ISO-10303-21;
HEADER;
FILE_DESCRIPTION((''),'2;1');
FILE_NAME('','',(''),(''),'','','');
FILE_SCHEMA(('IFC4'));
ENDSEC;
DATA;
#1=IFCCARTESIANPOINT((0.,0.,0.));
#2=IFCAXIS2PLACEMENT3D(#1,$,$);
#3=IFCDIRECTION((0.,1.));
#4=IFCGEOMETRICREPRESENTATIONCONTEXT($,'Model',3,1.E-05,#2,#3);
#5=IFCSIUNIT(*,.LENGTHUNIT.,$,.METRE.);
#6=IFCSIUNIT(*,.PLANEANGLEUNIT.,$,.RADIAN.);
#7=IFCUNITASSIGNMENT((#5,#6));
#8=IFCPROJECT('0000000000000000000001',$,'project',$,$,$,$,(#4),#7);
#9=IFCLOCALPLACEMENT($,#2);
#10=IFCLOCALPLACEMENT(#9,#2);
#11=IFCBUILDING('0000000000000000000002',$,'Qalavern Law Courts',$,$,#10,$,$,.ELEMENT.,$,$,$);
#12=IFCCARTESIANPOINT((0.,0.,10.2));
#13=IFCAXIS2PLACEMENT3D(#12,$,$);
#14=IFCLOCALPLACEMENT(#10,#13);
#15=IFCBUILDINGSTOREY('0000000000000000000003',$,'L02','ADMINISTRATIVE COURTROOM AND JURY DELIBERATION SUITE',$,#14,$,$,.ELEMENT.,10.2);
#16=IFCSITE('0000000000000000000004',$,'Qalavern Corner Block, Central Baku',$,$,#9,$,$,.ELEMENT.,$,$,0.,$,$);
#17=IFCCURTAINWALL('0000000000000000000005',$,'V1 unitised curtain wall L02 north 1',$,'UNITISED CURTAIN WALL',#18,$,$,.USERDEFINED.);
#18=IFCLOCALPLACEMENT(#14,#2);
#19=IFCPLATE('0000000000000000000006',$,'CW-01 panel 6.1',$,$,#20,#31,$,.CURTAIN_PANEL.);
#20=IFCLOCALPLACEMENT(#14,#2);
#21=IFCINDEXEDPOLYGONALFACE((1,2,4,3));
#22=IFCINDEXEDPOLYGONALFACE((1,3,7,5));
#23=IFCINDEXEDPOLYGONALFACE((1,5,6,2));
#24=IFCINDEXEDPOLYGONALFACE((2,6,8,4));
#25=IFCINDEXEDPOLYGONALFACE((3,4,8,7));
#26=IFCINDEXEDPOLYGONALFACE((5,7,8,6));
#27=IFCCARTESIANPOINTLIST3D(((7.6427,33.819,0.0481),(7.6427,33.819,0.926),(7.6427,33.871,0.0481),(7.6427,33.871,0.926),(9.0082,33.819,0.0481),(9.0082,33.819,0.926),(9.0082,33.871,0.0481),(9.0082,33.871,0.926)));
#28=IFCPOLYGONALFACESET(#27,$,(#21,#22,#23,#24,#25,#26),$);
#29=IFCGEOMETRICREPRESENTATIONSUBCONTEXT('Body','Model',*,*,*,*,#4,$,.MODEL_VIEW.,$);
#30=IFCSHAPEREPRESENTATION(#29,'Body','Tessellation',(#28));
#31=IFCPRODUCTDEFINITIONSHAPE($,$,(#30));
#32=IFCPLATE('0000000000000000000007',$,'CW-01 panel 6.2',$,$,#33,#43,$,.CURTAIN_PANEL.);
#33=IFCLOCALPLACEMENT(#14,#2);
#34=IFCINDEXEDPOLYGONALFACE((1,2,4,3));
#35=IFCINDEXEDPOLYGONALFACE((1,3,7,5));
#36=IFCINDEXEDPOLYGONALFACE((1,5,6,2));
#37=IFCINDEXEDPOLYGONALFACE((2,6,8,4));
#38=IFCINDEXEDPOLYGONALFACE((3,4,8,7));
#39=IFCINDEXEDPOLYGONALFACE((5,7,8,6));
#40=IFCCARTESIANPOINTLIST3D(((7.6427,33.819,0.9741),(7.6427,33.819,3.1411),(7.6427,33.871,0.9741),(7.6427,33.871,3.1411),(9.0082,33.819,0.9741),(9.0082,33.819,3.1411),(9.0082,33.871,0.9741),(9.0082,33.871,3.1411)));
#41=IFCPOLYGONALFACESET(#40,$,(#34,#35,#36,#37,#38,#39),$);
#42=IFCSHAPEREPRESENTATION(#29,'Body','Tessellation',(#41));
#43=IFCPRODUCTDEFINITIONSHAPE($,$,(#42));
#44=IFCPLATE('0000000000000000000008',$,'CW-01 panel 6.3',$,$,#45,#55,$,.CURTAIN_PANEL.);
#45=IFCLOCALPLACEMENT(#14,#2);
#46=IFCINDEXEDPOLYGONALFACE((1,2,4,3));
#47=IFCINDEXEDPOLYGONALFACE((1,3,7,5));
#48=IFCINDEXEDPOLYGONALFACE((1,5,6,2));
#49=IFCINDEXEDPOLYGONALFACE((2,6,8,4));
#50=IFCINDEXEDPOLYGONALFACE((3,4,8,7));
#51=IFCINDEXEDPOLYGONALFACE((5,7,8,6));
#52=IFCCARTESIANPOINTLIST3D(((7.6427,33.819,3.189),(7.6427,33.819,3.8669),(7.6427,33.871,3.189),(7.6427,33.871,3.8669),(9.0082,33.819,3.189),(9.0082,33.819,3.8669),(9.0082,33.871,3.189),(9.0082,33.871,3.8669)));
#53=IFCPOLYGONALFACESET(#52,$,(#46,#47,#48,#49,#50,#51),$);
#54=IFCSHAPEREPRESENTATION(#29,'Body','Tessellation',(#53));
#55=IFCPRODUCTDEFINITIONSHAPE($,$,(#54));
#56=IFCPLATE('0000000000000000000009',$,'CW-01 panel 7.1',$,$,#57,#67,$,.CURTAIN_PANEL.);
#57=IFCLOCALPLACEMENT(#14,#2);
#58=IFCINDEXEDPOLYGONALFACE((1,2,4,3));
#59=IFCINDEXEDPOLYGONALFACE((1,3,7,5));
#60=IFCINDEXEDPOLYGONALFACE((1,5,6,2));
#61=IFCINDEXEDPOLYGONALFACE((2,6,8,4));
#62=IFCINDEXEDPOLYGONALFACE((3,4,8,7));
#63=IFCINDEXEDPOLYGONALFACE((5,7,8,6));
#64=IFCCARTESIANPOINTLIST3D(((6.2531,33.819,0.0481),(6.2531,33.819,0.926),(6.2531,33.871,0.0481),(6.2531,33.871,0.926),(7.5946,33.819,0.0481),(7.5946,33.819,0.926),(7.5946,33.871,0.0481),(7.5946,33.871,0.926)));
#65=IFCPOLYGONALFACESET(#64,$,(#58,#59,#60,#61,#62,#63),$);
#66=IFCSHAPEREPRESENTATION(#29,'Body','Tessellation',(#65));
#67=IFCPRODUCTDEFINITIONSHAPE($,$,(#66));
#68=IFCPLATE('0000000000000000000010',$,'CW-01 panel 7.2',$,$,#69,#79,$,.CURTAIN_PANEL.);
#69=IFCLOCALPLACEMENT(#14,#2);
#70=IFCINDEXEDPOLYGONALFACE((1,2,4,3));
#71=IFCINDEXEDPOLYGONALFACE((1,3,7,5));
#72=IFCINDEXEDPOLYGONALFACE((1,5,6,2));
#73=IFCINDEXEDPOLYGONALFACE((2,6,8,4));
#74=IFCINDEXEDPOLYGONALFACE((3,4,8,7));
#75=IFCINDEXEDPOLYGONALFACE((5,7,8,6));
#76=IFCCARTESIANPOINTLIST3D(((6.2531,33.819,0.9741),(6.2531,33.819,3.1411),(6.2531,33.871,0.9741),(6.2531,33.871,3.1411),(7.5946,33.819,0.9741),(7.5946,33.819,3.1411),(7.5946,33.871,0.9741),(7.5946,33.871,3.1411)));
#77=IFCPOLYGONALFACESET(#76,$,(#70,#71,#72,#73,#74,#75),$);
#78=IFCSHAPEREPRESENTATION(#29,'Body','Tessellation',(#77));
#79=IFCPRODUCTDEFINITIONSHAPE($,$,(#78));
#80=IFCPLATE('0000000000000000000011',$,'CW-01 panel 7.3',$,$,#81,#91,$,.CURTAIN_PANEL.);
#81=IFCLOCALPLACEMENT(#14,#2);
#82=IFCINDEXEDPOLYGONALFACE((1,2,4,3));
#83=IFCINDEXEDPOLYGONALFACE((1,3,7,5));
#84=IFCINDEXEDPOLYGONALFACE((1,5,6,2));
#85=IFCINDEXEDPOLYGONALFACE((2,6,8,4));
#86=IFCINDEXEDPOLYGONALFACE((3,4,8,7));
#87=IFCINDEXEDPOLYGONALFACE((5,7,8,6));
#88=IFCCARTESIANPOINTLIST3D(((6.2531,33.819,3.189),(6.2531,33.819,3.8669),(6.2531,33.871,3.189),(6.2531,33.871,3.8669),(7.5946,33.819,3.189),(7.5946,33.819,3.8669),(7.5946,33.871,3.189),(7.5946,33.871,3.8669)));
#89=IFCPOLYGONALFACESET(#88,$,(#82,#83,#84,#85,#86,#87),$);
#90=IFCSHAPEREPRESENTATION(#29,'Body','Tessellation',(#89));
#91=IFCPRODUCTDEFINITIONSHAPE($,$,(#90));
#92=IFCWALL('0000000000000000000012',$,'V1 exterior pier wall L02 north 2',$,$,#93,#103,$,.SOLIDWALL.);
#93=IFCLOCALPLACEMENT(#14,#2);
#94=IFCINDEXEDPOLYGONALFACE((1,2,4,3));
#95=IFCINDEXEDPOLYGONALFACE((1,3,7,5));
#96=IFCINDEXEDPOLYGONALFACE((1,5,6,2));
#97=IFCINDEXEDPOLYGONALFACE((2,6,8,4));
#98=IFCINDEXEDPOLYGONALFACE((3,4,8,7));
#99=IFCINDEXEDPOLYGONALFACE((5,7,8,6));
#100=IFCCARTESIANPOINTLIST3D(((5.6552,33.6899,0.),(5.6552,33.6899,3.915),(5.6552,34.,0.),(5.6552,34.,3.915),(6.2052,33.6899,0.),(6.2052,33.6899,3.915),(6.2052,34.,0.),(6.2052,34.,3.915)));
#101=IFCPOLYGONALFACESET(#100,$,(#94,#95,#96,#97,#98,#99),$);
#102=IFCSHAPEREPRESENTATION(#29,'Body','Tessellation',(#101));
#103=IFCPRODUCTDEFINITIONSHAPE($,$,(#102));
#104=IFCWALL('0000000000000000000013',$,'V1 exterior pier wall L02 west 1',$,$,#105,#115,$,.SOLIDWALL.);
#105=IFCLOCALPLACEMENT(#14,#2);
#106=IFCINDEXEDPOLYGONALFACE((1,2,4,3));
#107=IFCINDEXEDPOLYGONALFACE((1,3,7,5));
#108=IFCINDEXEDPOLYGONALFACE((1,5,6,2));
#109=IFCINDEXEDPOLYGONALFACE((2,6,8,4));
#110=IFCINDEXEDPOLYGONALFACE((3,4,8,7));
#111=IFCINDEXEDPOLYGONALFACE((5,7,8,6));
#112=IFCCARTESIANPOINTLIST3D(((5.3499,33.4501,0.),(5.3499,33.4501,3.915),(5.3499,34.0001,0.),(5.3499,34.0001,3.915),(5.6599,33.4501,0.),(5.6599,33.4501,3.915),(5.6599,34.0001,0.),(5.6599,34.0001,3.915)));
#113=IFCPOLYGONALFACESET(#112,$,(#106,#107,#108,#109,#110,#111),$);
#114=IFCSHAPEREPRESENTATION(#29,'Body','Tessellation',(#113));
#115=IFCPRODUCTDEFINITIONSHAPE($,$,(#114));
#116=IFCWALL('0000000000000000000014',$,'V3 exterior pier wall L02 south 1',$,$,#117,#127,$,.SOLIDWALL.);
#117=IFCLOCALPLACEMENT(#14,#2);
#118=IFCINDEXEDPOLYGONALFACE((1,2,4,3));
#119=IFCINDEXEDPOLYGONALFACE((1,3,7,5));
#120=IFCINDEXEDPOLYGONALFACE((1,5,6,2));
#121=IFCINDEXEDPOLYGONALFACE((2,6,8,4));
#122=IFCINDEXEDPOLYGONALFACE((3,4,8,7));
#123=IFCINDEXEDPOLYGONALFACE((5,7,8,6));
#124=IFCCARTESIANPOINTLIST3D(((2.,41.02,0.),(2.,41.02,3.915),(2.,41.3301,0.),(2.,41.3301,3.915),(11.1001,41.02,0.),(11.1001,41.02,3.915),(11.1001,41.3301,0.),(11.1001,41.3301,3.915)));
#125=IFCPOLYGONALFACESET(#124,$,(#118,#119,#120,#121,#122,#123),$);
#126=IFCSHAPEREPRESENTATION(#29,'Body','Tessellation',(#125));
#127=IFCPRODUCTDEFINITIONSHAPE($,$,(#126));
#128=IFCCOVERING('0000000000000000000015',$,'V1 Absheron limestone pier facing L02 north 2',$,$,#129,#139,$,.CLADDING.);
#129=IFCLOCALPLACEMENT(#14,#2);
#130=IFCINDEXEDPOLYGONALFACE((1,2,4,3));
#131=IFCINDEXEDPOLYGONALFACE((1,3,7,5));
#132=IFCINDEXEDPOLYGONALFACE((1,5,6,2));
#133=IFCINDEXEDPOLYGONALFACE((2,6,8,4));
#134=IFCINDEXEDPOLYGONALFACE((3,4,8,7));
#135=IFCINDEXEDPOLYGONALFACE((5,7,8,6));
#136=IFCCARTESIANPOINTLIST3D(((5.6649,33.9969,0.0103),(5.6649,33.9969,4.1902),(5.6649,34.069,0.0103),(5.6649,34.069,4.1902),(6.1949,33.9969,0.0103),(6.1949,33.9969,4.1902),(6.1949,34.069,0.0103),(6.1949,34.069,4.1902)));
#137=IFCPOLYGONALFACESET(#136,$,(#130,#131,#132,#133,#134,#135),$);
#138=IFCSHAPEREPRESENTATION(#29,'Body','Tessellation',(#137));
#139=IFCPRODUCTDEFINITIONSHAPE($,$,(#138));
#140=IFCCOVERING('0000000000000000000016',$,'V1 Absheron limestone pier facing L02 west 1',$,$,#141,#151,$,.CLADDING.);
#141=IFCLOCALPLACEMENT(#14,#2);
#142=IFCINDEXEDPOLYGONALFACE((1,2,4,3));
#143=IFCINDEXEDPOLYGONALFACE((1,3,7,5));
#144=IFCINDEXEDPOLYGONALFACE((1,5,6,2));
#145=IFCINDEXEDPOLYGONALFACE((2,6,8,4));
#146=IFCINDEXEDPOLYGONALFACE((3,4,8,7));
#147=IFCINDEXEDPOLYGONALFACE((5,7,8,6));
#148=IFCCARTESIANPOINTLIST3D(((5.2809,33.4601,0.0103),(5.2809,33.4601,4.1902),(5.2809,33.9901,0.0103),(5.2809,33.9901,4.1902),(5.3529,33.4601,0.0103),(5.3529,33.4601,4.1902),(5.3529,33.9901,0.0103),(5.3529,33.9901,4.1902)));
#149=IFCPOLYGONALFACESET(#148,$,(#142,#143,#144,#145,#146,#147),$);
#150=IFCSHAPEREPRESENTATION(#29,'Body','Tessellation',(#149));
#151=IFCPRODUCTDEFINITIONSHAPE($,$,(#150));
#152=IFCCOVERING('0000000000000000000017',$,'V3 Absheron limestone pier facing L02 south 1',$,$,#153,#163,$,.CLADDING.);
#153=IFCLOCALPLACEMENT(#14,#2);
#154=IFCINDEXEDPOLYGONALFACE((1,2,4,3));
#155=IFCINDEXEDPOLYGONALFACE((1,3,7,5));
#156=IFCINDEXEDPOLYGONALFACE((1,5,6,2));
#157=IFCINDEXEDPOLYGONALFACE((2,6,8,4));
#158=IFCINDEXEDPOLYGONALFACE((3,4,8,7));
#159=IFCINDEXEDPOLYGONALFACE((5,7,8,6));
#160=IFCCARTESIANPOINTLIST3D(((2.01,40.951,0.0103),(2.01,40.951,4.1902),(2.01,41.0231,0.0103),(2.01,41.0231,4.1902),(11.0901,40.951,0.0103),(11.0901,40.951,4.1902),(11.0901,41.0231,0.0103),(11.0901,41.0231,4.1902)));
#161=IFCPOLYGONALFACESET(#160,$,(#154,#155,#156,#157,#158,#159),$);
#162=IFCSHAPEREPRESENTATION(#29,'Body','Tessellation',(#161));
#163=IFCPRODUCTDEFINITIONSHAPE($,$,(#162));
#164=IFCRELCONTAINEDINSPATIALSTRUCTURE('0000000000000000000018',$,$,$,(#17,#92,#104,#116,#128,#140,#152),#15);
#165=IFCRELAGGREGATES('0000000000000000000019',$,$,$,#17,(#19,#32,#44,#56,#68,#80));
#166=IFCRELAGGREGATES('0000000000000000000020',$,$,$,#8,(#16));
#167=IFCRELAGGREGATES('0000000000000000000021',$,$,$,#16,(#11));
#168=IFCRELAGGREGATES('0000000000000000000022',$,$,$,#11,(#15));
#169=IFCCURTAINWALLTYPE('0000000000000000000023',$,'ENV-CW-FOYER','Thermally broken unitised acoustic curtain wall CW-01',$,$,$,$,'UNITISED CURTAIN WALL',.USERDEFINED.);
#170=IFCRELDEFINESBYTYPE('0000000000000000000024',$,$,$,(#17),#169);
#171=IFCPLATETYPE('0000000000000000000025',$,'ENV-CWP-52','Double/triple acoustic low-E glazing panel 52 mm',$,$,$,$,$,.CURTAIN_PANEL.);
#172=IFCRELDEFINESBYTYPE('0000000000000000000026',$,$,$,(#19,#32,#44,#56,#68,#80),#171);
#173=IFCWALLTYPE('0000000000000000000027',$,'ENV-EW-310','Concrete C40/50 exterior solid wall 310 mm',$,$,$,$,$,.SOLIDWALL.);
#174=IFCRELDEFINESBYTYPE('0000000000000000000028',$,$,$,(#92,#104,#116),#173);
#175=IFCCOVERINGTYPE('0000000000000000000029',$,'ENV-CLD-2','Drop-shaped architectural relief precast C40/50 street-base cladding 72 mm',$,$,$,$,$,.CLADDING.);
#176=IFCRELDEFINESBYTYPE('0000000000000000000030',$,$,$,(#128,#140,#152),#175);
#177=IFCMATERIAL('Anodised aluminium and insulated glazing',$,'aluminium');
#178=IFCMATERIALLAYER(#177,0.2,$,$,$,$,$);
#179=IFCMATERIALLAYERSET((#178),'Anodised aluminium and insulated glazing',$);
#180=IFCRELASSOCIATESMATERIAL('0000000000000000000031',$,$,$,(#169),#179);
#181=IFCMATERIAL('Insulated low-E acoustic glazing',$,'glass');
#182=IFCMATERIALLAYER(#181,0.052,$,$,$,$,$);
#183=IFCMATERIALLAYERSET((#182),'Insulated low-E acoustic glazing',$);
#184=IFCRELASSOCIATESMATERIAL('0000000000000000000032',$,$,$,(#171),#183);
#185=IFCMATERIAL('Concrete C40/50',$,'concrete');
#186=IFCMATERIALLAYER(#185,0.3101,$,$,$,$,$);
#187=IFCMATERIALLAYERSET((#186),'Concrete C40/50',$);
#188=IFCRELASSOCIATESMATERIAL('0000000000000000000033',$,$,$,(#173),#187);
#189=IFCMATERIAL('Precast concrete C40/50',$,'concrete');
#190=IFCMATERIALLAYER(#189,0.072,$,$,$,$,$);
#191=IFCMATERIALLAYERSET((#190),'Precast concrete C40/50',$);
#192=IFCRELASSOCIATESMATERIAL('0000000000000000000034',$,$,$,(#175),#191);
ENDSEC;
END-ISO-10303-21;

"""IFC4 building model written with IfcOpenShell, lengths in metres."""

from ifc_helpers import new_model, si_unit, direction, frame, frame_2d, origin, origin_2d, place, context, subcontext, project, spatial, rectangle, extrude, material, layer, layer_set, type_object, element, aggregate, save


model = new_model("IFC4")

# Units and contexts
model_context = context("Model", 3, precision=1e-05, world=origin(), true_north=direction((0.0, 1.0)))
body_context = subcontext(model_context, "Body", "Model", "MODEL_VIEW")
ifc_project = project(units=[si_unit("LENGTHUNIT", "METRE"), si_unit("PLANEANGLEUNIT", "RADIAN")], contexts=[model_context])

# Site, building, storey
site_placement = place(None, origin())
site = spatial("IfcSite", under=ifc_project, at=site_placement, Name="Qalavern Corner Block, Central Baku", CompositionType="ELEMENT", RefElevation=0.0)
building_placement = place(site_placement, origin())
building = spatial("IfcBuilding", under=site, at=building_placement, Name="Qalavern Law Courts", CompositionType="ELEMENT")
storey_placement = place(building_placement, frame((0.0, 0.0, 10.2)))
storey = spatial("IfcBuildingStorey", under=building, at=storey_placement, Name="L02", Description="ADMINISTRATIVE COURTROOM AND JURY DELIBERATION SUITE", CompositionType="ELEMENT", Elevation=10.2)

# Curtain wall
ifc_material_1 = material(Name="Anodised aluminium and insulated glazing", Category="aluminium")
ifc_layer_1 = layer(ifc_material_1, 0.2)
ifc_layer_set_1 = layer_set([ifc_layer_1], Name="Anodised aluminium and insulated glazing")
curtain_wall_type = type_object("IfcCurtainWallType", Name="ENV-CW-FOYER", Description="Thermally broken unitised acoustic curtain wall CW-01", ElementType="UNITISED CURTAIN WALL", PredefinedType="USERDEFINED", material=ifc_layer_set_1)
curtain_wall_1_placement = place(storey_placement, origin())
curtain_wall_1 = element("IfcCurtainWall", 1, at=curtain_wall_1_placement, inside=storey, type_object=curtain_wall_type, Name="V1 unitised curtain wall L02 north 1", ObjectType="UNITISED CURTAIN WALL", PredefinedType="USERDEFINED")

# Plates
ifc_material_2 = material(Name="Insulated low-E acoustic glazing", Category="glass")
ifc_layer_2 = layer(ifc_material_2, 0.052)
ifc_layer_set_2 = layer_set([ifc_layer_2], Name="Insulated low-E acoustic glazing")
plate_type = type_object("IfcPlateType", Name="ENV-CWP-52", Description="Double/triple acoustic low-E glazing panel 52 mm", PredefinedType="CURTAIN_PANEL", material=ifc_layer_set_2)
plate_1_placement = place(storey_placement, frame((8.3254, 33.845, 0.0481), z_axis=(0.0, 0.0, 1.0), x_axis=(-1.0, 0.0, 0.0)))
plate_1 = element("IfcPlate", 2, at=plate_1_placement, type_object=plate_type, Name="CW-01 panel 6.1", PredefinedType="CURTAIN_PANEL", context=body_context, shape_type="SweptSolid", body=[
    extrude(rectangle(XDim=1.3655, YDim=0.052, at=origin_2d()), origin(), (0.0, 0.0, 1.0), 0.8779),
])
plate_2_placement = place(storey_placement, frame((8.3254, 33.845, 0.9741), z_axis=(0.0, 0.0, 1.0), x_axis=(-1.0, 0.0, 0.0)))
plate_2 = element("IfcPlate", 3, at=plate_2_placement, type_object=plate_type, Name="CW-01 panel 6.2", PredefinedType="CURTAIN_PANEL", context=body_context, shape_type="SweptSolid", body=[
    extrude(rectangle(XDim=1.3655, YDim=0.052, at=origin_2d()), origin(), (0.0, 0.0, 1.0), 2.167),
])
plate_3_placement = place(storey_placement, frame((8.3254, 33.845, 3.189), z_axis=(0.0, 0.0, 1.0), x_axis=(-1.0, 0.0, 0.0)))
plate_3 = element("IfcPlate", 4, at=plate_3_placement, type_object=plate_type, Name="CW-01 panel 6.3", PredefinedType="CURTAIN_PANEL", context=body_context, shape_type="SweptSolid", body=[
    extrude(rectangle(XDim=1.3655, YDim=0.052, at=origin_2d()), origin(), (0.0, 0.0, 1.0), 0.678),
])
plate_4_placement = place(storey_placement, frame((6.9238, 33.845, 0.0481), z_axis=(0.0, 0.0, 1.0), x_axis=(-1.0, 0.0, 0.0)))
plate_4 = element("IfcPlate", 5, at=plate_4_placement, type_object=plate_type, Name="CW-01 panel 7.1", PredefinedType="CURTAIN_PANEL", context=body_context, shape_type="SweptSolid", body=[
    extrude(rectangle(XDim=1.3416, YDim=0.052, at=origin_2d()), origin(), (0.0, 0.0, 1.0), 0.8779),
])
plate_5_placement = place(storey_placement, frame((6.9238, 33.845, 0.9741), z_axis=(0.0, 0.0, 1.0), x_axis=(-1.0, 0.0, 0.0)))
plate_5 = element("IfcPlate", 6, at=plate_5_placement, type_object=plate_type, Name="CW-01 panel 7.2", PredefinedType="CURTAIN_PANEL", context=body_context, shape_type="SweptSolid", body=[
    extrude(rectangle(XDim=1.3416, YDim=0.052, at=origin_2d()), origin(), (0.0, 0.0, 1.0), 2.167),
])
plate_6_placement = place(storey_placement, frame((6.9238, 33.845, 3.189), z_axis=(0.0, 0.0, 1.0), x_axis=(-1.0, 0.0, 0.0)))
plate_6 = element("IfcPlate", 7, at=plate_6_placement, type_object=plate_type, Name="CW-01 panel 7.3", PredefinedType="CURTAIN_PANEL", context=body_context, shape_type="SweptSolid", body=[
    extrude(rectangle(XDim=1.3416, YDim=0.052, at=origin_2d()), origin(), (0.0, 0.0, 1.0), 0.678),
])
aggregate(curtain_wall_1, [plate_1, plate_2, plate_3, plate_4, plate_5, plate_6])

# Walls
ifc_material_3 = material(Name="Concrete C40/50", Category="concrete")
ifc_layer_3 = layer(ifc_material_3, 0.3101)
ifc_layer_set_3 = layer_set([ifc_layer_3], Name="Concrete C40/50")
wall_type = type_object("IfcWallType", Name="ENV-EW-310", Description="Concrete C40/50 exterior solid wall 310 mm", PredefinedType="SOLIDWALL", material=ifc_layer_set_3)
for number, where, z_axis, x_axis, name in (
    (8, (6.2051, 33.845, 0.0), (0.0, 0.0, 1.0), (-1.0, 0.0, 0.0), "V1 exterior pier wall L02 north 2"),
    (9, (5.5049, 34.0, 0.0), (0.0, 0.0, 1.0), (0.0, -1.0, 0.0), "V1 exterior pier wall L02 west 1"),
):
    element("IfcWall", number, at=place(storey_placement, frame(where, z_axis=z_axis, x_axis=x_axis)), inside=storey, type_object=wall_type, Name=name, PredefinedType="SOLIDWALL", context=body_context, shape_type="SweptSolid", body=[
        extrude(rectangle(XDim=0.55, YDim=0.3101, at=frame_2d((0.2749, 0.0))), origin(), (0.0, 0.0, 1.0), 3.915),
    ])
wall_placement = place(storey_placement, frame((2.0, 41.175, 0.0), z_axis=(0.0, 0.0, 1.0), x_axis=(1.0, 0.0, 0.0)))
element("IfcWall", 10, at=wall_placement, inside=storey, type_object=wall_type, Name="V3 exterior pier wall L02 south 1", PredefinedType="SOLIDWALL", context=body_context, shape_type="SweptSolid", body=[
    extrude(rectangle(XDim=9.1001, YDim=0.3101, at=frame_2d((4.55, 0.0))), origin(), (0.0, 0.0, 1.0), 3.915),
])

# Coverings
ifc_material_4 = material(Name="Precast concrete C40/50", Category="concrete")
ifc_layer_4 = layer(ifc_material_4, 0.072)
ifc_layer_set_4 = layer_set([ifc_layer_4], Name="Precast concrete C40/50")
covering_type = type_object("IfcCoveringType", Name="ENV-CLD-2", Description="Drop-shaped architectural relief precast C40/50 street-base cladding 72 mm", PredefinedType="CLADDING", material=ifc_layer_set_4)
for number, where, z_axis, x_axis, name in (
    (11, (5.9299, 34.033, 0.0103), (0.0, 0.0, 1.0), (-1.0, 0.0, 0.0), "V1 Absheron limestone pier facing L02 north 2"),
    (12, (5.3169, 33.7251, 0.0103), (0.0, 0.0, 1.0), (0.0, -1.0, 0.0), "V1 Absheron limestone pier facing L02 west 1"),
):
    element("IfcCovering", number, at=place(storey_placement, frame(where, z_axis=z_axis, x_axis=x_axis)), inside=storey, type_object=covering_type, Name=name, PredefinedType="CLADDING", context=body_context, shape_type="SweptSolid", body=[
        extrude(rectangle(XDim=0.53, YDim=0.072, at=origin_2d()), origin(), (0.0, 0.0, 1.0), 4.1799),
    ])
covering_placement = place(storey_placement, frame((6.55, 40.9871, 0.0103), z_axis=(0.0, 0.0, 1.0), x_axis=(1.0, 0.0, 0.0)))
element("IfcCovering", 13, at=covering_placement, inside=storey, type_object=covering_type, Name="V3 Absheron limestone pier facing L02 south 1", PredefinedType="CLADDING", context=body_context, shape_type="SweptSolid", body=[
    extrude(rectangle(XDim=9.0801, YDim=0.072, at=origin_2d()), origin(), (0.0, 0.0, 1.0), 4.1799),
])

save(model, "model.ifc")
